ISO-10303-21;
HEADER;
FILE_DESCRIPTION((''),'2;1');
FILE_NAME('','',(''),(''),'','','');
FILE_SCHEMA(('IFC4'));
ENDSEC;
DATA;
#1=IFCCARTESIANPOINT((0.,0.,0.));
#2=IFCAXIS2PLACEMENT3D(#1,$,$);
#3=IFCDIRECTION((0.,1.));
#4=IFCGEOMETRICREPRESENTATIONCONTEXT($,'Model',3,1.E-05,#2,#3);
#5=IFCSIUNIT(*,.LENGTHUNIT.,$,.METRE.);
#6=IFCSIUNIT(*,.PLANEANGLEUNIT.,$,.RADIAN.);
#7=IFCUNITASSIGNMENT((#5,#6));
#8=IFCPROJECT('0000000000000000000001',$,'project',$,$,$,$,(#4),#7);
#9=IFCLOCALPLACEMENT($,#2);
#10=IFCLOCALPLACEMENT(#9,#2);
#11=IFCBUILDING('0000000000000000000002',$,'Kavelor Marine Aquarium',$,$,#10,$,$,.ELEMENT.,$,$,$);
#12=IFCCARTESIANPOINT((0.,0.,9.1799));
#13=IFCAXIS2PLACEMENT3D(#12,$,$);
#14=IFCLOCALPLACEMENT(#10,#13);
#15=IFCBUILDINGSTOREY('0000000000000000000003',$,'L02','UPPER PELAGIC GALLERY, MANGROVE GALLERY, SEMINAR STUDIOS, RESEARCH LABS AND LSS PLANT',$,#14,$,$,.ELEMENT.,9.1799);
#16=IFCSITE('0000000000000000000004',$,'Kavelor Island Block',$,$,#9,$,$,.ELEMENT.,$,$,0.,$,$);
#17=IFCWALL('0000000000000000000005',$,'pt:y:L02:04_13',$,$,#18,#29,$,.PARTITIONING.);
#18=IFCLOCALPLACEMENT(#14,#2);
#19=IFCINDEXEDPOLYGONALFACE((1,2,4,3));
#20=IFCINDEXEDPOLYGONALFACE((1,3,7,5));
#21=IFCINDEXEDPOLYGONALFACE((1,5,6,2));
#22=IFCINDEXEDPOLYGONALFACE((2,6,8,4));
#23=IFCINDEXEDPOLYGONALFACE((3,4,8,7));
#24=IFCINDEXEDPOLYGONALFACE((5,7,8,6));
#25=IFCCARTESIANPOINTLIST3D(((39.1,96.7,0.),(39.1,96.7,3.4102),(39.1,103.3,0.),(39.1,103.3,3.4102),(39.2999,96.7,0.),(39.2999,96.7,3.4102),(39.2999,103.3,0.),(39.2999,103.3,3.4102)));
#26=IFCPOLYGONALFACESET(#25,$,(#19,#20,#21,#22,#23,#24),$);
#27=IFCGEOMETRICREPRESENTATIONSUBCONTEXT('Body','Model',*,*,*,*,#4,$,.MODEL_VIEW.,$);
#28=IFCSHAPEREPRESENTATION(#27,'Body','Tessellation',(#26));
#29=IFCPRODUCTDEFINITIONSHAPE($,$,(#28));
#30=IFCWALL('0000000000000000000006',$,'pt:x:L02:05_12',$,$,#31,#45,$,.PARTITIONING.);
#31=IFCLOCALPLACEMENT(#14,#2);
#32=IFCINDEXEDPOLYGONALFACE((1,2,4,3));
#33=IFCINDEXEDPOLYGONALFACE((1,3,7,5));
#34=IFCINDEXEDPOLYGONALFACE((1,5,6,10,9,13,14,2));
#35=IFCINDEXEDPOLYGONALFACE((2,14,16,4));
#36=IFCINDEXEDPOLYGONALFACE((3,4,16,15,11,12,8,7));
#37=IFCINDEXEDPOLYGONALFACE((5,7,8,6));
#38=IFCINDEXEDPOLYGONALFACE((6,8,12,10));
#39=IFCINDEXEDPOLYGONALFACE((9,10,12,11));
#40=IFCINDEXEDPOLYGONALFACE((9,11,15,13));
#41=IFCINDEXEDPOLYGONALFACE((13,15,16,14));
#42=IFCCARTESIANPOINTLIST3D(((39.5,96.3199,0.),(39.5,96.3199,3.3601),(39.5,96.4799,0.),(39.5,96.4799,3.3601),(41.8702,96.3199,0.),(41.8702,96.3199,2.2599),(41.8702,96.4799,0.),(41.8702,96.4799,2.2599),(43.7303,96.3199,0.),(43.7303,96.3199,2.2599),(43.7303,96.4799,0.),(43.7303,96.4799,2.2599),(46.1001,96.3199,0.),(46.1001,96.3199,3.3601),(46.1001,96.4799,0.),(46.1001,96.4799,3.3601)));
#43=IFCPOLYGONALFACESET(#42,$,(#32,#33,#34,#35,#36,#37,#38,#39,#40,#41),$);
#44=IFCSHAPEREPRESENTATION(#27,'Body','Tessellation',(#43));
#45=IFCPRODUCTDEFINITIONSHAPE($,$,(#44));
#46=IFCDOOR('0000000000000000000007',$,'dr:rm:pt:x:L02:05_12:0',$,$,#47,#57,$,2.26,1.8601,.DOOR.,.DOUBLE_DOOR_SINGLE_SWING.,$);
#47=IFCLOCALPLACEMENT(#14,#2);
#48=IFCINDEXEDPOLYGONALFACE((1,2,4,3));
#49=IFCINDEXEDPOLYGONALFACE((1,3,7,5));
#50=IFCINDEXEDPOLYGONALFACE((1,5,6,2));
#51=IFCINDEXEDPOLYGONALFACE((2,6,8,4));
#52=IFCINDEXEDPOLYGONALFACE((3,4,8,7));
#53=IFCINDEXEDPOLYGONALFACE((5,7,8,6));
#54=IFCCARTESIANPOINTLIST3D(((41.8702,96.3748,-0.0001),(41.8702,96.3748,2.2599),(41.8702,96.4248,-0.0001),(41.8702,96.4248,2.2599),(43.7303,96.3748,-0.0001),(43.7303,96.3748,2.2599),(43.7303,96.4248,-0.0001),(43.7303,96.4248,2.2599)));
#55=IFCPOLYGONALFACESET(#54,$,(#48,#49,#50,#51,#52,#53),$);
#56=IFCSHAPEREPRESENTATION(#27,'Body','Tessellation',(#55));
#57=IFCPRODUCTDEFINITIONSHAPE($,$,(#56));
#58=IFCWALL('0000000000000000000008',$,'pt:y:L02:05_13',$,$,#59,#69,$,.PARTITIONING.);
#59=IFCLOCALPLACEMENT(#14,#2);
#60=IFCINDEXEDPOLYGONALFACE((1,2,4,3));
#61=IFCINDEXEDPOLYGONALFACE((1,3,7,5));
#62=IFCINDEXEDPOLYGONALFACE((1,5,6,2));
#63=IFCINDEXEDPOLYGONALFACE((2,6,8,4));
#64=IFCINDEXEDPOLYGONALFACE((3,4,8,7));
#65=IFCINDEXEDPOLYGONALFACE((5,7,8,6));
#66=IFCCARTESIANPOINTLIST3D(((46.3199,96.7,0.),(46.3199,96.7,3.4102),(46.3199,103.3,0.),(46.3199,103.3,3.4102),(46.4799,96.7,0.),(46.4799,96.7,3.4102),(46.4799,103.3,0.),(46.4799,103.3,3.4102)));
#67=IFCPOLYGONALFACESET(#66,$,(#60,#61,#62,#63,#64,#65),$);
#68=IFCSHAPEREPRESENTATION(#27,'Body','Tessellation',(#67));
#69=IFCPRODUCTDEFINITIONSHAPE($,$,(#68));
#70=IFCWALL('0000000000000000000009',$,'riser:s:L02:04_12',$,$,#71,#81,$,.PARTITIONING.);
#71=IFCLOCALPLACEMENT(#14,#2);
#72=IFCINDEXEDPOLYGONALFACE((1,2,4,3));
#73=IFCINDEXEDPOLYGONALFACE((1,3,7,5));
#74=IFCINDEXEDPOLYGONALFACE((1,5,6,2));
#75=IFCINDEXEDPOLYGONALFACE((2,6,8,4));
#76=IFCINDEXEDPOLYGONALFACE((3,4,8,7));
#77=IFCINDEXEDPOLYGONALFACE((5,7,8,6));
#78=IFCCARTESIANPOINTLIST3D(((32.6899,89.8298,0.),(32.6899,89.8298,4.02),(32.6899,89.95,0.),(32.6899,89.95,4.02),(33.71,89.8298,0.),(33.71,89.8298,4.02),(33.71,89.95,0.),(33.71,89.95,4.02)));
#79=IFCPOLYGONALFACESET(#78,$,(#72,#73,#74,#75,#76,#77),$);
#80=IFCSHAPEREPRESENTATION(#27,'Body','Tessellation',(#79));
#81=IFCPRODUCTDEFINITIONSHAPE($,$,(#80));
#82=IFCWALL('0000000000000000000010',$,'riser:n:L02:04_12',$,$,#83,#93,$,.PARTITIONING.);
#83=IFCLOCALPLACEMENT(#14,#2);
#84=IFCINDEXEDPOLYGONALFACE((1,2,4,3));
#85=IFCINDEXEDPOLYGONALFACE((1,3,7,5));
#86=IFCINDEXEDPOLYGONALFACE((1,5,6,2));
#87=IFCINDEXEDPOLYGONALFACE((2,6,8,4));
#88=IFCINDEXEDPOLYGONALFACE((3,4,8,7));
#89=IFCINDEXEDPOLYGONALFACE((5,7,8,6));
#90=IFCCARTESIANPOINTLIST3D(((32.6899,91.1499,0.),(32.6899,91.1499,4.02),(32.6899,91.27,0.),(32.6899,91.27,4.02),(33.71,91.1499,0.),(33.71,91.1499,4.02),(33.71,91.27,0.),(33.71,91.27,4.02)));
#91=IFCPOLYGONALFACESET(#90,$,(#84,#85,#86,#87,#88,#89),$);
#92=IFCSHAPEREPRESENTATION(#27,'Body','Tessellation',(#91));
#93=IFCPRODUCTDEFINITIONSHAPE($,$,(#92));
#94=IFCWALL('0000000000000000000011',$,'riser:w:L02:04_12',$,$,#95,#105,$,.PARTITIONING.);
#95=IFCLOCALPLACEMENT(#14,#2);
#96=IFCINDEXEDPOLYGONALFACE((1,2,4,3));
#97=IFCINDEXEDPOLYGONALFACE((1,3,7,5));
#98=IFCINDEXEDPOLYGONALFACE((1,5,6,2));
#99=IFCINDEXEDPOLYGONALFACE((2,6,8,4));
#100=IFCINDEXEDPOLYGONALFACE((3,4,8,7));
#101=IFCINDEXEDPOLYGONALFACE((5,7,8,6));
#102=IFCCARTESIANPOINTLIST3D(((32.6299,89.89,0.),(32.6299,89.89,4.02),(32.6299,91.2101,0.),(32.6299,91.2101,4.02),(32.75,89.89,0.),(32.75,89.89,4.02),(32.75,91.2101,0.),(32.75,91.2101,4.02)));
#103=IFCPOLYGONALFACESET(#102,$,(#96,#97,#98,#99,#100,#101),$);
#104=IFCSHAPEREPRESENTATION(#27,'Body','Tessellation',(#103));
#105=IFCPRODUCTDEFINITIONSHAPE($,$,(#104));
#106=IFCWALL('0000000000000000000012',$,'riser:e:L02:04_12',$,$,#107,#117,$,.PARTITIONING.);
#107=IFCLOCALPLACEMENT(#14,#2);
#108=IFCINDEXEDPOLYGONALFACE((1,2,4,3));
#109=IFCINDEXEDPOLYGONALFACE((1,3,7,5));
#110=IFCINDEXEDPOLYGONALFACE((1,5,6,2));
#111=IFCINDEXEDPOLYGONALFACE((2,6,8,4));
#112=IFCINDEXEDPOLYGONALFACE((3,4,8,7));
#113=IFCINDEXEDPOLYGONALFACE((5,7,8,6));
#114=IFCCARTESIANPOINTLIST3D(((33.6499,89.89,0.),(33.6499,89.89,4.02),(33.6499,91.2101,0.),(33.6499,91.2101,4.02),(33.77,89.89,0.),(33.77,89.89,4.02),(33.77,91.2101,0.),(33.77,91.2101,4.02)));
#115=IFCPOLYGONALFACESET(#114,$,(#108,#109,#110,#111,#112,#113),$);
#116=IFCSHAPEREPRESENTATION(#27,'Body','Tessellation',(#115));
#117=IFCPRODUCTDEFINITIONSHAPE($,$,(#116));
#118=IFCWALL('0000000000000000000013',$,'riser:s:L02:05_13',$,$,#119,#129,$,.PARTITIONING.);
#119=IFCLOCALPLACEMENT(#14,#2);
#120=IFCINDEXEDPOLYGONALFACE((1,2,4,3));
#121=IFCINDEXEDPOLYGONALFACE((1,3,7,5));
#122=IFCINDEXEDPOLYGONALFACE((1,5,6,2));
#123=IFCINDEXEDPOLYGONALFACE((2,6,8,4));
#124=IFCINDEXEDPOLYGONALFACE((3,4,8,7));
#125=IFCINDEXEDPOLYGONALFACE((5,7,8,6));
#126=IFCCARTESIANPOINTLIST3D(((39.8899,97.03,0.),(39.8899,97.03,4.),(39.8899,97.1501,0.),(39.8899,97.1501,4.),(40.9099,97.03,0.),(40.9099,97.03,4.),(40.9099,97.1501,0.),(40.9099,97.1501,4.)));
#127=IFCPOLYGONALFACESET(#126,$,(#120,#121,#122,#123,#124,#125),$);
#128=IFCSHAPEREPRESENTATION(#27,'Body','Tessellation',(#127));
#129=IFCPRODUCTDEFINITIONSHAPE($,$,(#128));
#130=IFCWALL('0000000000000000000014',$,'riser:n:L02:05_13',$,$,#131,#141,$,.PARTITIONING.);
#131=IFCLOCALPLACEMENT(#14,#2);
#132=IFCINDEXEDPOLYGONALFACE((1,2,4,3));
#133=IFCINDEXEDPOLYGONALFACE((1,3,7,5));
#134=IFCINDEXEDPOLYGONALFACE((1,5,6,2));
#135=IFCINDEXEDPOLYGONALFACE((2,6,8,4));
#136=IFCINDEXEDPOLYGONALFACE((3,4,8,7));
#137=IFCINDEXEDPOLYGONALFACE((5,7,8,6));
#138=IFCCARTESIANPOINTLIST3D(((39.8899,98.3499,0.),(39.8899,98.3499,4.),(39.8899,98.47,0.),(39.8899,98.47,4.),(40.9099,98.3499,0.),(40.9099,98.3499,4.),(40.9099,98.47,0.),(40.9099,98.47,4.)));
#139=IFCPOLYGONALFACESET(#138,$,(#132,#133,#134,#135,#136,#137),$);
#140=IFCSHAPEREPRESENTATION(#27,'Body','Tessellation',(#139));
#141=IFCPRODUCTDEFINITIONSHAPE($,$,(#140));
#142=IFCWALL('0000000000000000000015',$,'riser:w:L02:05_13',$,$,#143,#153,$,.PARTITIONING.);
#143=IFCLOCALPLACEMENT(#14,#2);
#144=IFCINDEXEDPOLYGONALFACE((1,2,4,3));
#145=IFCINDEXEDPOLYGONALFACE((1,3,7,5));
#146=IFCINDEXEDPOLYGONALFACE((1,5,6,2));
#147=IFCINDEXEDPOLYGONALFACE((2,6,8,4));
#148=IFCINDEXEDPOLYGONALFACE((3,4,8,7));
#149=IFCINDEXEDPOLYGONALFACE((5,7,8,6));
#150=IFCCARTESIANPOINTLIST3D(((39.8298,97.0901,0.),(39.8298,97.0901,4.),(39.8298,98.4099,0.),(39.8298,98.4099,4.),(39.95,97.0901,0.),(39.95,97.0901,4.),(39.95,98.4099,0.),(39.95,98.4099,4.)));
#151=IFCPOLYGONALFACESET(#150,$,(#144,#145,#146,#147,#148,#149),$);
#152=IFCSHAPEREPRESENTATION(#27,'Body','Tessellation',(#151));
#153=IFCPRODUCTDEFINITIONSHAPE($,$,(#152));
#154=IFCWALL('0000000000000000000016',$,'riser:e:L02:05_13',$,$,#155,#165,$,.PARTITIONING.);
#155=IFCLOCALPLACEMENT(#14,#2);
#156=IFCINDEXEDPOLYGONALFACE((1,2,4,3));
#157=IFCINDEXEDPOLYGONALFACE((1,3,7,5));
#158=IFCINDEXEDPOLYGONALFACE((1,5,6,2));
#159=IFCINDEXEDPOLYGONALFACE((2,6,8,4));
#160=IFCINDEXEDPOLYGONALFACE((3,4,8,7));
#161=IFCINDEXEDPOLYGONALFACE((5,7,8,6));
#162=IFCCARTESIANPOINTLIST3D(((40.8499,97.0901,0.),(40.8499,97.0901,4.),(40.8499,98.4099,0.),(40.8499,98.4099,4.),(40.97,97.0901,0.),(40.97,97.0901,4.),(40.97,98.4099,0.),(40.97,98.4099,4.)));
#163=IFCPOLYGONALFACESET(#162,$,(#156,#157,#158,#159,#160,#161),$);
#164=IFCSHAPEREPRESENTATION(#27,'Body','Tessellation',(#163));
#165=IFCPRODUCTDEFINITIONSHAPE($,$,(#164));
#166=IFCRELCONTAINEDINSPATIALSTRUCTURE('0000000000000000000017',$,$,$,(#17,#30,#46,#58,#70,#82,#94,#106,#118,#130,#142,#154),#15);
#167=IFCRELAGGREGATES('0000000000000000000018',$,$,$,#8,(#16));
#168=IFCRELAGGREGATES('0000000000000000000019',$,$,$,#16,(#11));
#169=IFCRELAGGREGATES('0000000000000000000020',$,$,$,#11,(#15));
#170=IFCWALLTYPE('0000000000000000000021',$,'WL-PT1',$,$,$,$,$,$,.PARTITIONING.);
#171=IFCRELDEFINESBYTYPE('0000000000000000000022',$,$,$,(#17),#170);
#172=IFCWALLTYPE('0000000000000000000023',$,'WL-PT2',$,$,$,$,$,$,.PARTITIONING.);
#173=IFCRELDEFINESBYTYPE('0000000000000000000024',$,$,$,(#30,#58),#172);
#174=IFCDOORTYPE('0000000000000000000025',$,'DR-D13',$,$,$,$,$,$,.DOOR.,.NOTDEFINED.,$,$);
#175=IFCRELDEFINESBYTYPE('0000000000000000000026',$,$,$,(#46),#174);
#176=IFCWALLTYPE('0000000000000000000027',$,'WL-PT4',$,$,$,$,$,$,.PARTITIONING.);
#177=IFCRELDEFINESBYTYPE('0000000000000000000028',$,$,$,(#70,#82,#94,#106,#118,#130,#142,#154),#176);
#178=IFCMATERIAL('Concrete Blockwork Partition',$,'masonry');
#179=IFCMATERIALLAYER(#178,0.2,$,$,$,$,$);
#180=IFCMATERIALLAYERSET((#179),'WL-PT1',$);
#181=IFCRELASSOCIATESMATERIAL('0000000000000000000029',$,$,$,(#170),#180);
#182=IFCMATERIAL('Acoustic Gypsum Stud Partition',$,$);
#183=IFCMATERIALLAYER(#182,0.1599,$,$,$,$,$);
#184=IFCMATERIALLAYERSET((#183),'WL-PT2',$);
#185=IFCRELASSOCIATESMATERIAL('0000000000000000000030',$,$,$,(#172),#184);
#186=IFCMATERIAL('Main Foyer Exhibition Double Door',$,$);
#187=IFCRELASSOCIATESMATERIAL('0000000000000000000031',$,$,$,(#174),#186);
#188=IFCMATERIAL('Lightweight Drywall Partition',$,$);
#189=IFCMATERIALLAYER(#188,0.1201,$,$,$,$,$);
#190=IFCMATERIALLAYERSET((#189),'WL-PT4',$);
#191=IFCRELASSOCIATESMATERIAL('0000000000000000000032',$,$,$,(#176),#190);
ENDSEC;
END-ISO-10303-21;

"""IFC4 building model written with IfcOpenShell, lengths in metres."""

from ifc_helpers import new_model, si_unit, direction, frame, frame_2d, origin, place, context, subcontext, project, spatial, rectangle, extrude, material, layer, layer_set, type_object, element, fill, save


model = new_model("IFC4")

# Units and contexts
model_context = context("Model", 3, precision=1e-05, world=origin(), true_north=direction((0.0, 1.0)))
body_context = subcontext(model_context, "Body", "Model", "MODEL_VIEW")
ifc_project = project(units=[si_unit("LENGTHUNIT", "METRE"), si_unit("PLANEANGLEUNIT", "RADIAN")], contexts=[model_context])

# Site, building, storey
site_placement = place(None, origin())
site = spatial("IfcSite", under=ifc_project, at=site_placement, Name="Kavelor Island Block", CompositionType="ELEMENT", RefElevation=0.0)
building_placement = place(site_placement, origin())
building = spatial("IfcBuilding", under=site, at=building_placement, Name="Kavelor Marine Aquarium", CompositionType="ELEMENT")
storey_placement = place(building_placement, frame((0.0, 0.0, 9.1799)))
storey = spatial("IfcBuildingStorey", under=building, at=storey_placement, Name="L02", Description="UPPER PELAGIC GALLERY, MANGROVE GALLERY, SEMINAR STUDIOS, RESEARCH LABS AND LSS PLANT", CompositionType="ELEMENT", Elevation=9.1799)

# Wall
ifc_material_1 = material(Name="Concrete Blockwork Partition", Category="masonry")
ifc_layer_1 = layer(ifc_material_1, 0.2)
ifc_layer_set_1 = layer_set([ifc_layer_1], Name="WL-PT1")
wall_type_1 = type_object("IfcWallType", Name="WL-PT1", PredefinedType="PARTITIONING", material=ifc_layer_set_1)
wall_1_placement = place(storey_placement, frame((39.2, 96.7, 0.0), z_axis=(0.0, 0.0, 1.0), x_axis=(0.0, 1.0, 0.0)))
element("IfcWall", 1, at=wall_1_placement, inside=storey, type_object=wall_type_1, Name="pt:y:L02:04_13", PredefinedType="PARTITIONING", context=body_context, shape_type="SweptSolid", body=[
    extrude(rectangle(XDim=6.6001, YDim=0.2, at=frame_2d((3.3, 0.0))), origin(), (0.0, 0.0, 1.0), 3.4102),
])

# Wall, opening, door
ifc_material_2 = material(Name="Acoustic Gypsum Stud Partition")
ifc_layer_2 = layer(ifc_material_2, 0.1599)
ifc_layer_set_2 = layer_set([ifc_layer_2], Name="WL-PT2")
wall_type_2 = type_object("IfcWallType", Name="WL-PT2", PredefinedType="PARTITIONING", material=ifc_layer_set_2)
wall_2_placement = place(storey_placement, frame((39.5, 96.3999, 0.0), z_axis=(0.0, 0.0, 1.0), x_axis=(1.0, 0.0, 0.0)))
wall_2 = element("IfcWall", 2, at=wall_2_placement, inside=storey, type_object=wall_type_2, Name="pt:x:L02:05_12", PredefinedType="PARTITIONING", context=body_context, shape_type="SweptSolid", body=[
    extrude(rectangle(XDim=6.6001, YDim=0.1599, at=frame_2d((3.3, 0.0))), origin(), (0.0, 0.0, 1.0), 3.3601),
])
opening_placement = place(wall_2_placement, frame((2.3701, 0.0, 0.0)))
opening = element("IfcOpeningElement", 3, at=opening_placement, cuts=wall_2, PredefinedType="OPENING", context=body_context, shape_type="SweptSolid", body=[
    extrude(rectangle(XDim=1.8601, YDim=2.26, at=frame_2d((0.9302, 1.1299))), frame((0.0, 0.0898, 0.0), z_axis=(0.0, -1.0, 0.0), x_axis=(1.0, 0.0, 0.0)), (0.0, 0.0, 1.0), 0.1799),
])
ifc_material_3 = material(Name="Main Foyer Exhibition Double Door")
door_type = type_object("IfcDoorType", Name="DR-D13", OperationType="NOTDEFINED", PredefinedType="DOOR", material=ifc_material_3)
door_placement = place(opening_placement, origin())
door = element("IfcDoor", 4, at=door_placement, inside=storey, type_object=door_type, Name="dr:rm:pt:x:L02:05_12:0", OperationType="DOUBLE_DOOR_SINGLE_SWING", OverallHeight=2.26, OverallWidth=1.8601, PredefinedType="DOOR", context=body_context, shape_type="SweptSolid", body=[
    extrude(rectangle(XDim=1.8601, YDim=2.26, at=frame_2d((0.9302, 1.1299))), frame((0.0, 0.0249, 0.0), z_axis=(0.0, -1.0, 0.0), x_axis=(1.0, 0.0, 0.0)), (0.0, 0.0, 1.0), 0.05),
])
fill(opening, door)

# Walls
wall_3_placement = place(storey_placement, frame((46.3999, 96.7, 0.0), z_axis=(0.0, 0.0, 1.0), x_axis=(0.0, 1.0, 0.0)))
element("IfcWall", 5, at=wall_3_placement, inside=storey, type_object=wall_type_2, Name="pt:y:L02:05_13", PredefinedType="PARTITIONING", context=body_context, shape_type="SweptSolid", body=[
    extrude(rectangle(XDim=6.6001, YDim=0.1599, at=frame_2d((3.3, 0.0))), origin(), (0.0, 0.0, 1.0), 3.4102),
])
ifc_material_4 = material(Name="Lightweight Drywall Partition")
ifc_layer_3 = layer(ifc_material_4, 0.1201)
ifc_layer_set_3 = layer_set([ifc_layer_3], Name="WL-PT4")
wall_type_3 = type_object("IfcWallType", Name="WL-PT4", PredefinedType="PARTITIONING", material=ifc_layer_set_3)
for number, where, z_axis, x_axis, name in (
    (6, (32.6899, 89.8899, 0.0), (0.0, 0.0, 1.0), (1.0, 0.0, 0.0), "riser:s:L02:04_12"),
    (7, (32.6899, 91.21, 0.0), (0.0, 0.0, 1.0), (1.0, 0.0, 0.0), "riser:n:L02:04_12"),
):
    element("IfcWall", number, at=place(storey_placement, frame(where, z_axis=z_axis, x_axis=x_axis)), inside=storey, type_object=wall_type_3, Name=name, PredefinedType="PARTITIONING", context=body_context, shape_type="SweptSolid", body=[
        extrude(rectangle(XDim=1.02, YDim=0.1201, at=frame_2d((0.51, 0.0))), origin(), (0.0, 0.0, 1.0), 4.02),
    ])
for number, where, z_axis, x_axis, name in (
    (8, (32.6899, 89.8899, 0.0), (0.0, 0.0, 1.0), (0.0, 1.0, 0.0), "riser:w:L02:04_12"),
    (9, (33.71, 89.8899, 0.0), (0.0, 0.0, 1.0), (0.0, 1.0, 0.0), "riser:e:L02:04_12"),
):
    element("IfcWall", number, at=place(storey_placement, frame(where, z_axis=z_axis, x_axis=x_axis)), inside=storey, type_object=wall_type_3, Name=name, PredefinedType="PARTITIONING", context=body_context, shape_type="SweptSolid", body=[
        extrude(rectangle(XDim=1.3201, YDim=0.1201, at=frame_2d((0.6602, 0.0))), origin(), (0.0, 0.0, 1.0), 4.02),
    ])
for number, where, z_axis, x_axis, name in (
    (10, (39.8899, 97.0901, 0.0), (0.0, 0.0, 1.0), (1.0, 0.0, 0.0), "riser:s:L02:05_13"),
    (11, (39.8899, 98.4099, 0.0), (0.0, 0.0, 1.0), (1.0, 0.0, 0.0), "riser:n:L02:05_13"),
):
    element("IfcWall", number, at=place(storey_placement, frame(where, z_axis=z_axis, x_axis=x_axis)), inside=storey, type_object=wall_type_3, Name=name, PredefinedType="PARTITIONING", context=body_context, shape_type="SweptSolid", body=[
        extrude(rectangle(XDim=1.02, YDim=0.1201, at=frame_2d((0.51, 0.0))), origin(), (0.0, 0.0, 1.0), 4.0),
    ])
for number, where, z_axis, x_axis, name in (
    (12, (39.8899, 97.0901, 0.0), (0.0, 0.0, 1.0), (0.0, 1.0, 0.0), "riser:w:L02:05_13"),
    (13, (40.9099, 97.0901, 0.0), (0.0, 0.0, 1.0), (0.0, 1.0, 0.0), "riser:e:L02:05_13"),
):
    element("IfcWall", number, at=place(storey_placement, frame(where, z_axis=z_axis, x_axis=x_axis)), inside=storey, type_object=wall_type_3, Name=name, PredefinedType="PARTITIONING", context=body_context, shape_type="SweptSolid", body=[
        extrude(rectangle(XDim=1.3198, YDim=0.1201, at=frame_2d((0.6599, 0.0))), origin(), (0.0, 0.0, 1.0), 4.0),
    ])

save(model, "model.ifc")
